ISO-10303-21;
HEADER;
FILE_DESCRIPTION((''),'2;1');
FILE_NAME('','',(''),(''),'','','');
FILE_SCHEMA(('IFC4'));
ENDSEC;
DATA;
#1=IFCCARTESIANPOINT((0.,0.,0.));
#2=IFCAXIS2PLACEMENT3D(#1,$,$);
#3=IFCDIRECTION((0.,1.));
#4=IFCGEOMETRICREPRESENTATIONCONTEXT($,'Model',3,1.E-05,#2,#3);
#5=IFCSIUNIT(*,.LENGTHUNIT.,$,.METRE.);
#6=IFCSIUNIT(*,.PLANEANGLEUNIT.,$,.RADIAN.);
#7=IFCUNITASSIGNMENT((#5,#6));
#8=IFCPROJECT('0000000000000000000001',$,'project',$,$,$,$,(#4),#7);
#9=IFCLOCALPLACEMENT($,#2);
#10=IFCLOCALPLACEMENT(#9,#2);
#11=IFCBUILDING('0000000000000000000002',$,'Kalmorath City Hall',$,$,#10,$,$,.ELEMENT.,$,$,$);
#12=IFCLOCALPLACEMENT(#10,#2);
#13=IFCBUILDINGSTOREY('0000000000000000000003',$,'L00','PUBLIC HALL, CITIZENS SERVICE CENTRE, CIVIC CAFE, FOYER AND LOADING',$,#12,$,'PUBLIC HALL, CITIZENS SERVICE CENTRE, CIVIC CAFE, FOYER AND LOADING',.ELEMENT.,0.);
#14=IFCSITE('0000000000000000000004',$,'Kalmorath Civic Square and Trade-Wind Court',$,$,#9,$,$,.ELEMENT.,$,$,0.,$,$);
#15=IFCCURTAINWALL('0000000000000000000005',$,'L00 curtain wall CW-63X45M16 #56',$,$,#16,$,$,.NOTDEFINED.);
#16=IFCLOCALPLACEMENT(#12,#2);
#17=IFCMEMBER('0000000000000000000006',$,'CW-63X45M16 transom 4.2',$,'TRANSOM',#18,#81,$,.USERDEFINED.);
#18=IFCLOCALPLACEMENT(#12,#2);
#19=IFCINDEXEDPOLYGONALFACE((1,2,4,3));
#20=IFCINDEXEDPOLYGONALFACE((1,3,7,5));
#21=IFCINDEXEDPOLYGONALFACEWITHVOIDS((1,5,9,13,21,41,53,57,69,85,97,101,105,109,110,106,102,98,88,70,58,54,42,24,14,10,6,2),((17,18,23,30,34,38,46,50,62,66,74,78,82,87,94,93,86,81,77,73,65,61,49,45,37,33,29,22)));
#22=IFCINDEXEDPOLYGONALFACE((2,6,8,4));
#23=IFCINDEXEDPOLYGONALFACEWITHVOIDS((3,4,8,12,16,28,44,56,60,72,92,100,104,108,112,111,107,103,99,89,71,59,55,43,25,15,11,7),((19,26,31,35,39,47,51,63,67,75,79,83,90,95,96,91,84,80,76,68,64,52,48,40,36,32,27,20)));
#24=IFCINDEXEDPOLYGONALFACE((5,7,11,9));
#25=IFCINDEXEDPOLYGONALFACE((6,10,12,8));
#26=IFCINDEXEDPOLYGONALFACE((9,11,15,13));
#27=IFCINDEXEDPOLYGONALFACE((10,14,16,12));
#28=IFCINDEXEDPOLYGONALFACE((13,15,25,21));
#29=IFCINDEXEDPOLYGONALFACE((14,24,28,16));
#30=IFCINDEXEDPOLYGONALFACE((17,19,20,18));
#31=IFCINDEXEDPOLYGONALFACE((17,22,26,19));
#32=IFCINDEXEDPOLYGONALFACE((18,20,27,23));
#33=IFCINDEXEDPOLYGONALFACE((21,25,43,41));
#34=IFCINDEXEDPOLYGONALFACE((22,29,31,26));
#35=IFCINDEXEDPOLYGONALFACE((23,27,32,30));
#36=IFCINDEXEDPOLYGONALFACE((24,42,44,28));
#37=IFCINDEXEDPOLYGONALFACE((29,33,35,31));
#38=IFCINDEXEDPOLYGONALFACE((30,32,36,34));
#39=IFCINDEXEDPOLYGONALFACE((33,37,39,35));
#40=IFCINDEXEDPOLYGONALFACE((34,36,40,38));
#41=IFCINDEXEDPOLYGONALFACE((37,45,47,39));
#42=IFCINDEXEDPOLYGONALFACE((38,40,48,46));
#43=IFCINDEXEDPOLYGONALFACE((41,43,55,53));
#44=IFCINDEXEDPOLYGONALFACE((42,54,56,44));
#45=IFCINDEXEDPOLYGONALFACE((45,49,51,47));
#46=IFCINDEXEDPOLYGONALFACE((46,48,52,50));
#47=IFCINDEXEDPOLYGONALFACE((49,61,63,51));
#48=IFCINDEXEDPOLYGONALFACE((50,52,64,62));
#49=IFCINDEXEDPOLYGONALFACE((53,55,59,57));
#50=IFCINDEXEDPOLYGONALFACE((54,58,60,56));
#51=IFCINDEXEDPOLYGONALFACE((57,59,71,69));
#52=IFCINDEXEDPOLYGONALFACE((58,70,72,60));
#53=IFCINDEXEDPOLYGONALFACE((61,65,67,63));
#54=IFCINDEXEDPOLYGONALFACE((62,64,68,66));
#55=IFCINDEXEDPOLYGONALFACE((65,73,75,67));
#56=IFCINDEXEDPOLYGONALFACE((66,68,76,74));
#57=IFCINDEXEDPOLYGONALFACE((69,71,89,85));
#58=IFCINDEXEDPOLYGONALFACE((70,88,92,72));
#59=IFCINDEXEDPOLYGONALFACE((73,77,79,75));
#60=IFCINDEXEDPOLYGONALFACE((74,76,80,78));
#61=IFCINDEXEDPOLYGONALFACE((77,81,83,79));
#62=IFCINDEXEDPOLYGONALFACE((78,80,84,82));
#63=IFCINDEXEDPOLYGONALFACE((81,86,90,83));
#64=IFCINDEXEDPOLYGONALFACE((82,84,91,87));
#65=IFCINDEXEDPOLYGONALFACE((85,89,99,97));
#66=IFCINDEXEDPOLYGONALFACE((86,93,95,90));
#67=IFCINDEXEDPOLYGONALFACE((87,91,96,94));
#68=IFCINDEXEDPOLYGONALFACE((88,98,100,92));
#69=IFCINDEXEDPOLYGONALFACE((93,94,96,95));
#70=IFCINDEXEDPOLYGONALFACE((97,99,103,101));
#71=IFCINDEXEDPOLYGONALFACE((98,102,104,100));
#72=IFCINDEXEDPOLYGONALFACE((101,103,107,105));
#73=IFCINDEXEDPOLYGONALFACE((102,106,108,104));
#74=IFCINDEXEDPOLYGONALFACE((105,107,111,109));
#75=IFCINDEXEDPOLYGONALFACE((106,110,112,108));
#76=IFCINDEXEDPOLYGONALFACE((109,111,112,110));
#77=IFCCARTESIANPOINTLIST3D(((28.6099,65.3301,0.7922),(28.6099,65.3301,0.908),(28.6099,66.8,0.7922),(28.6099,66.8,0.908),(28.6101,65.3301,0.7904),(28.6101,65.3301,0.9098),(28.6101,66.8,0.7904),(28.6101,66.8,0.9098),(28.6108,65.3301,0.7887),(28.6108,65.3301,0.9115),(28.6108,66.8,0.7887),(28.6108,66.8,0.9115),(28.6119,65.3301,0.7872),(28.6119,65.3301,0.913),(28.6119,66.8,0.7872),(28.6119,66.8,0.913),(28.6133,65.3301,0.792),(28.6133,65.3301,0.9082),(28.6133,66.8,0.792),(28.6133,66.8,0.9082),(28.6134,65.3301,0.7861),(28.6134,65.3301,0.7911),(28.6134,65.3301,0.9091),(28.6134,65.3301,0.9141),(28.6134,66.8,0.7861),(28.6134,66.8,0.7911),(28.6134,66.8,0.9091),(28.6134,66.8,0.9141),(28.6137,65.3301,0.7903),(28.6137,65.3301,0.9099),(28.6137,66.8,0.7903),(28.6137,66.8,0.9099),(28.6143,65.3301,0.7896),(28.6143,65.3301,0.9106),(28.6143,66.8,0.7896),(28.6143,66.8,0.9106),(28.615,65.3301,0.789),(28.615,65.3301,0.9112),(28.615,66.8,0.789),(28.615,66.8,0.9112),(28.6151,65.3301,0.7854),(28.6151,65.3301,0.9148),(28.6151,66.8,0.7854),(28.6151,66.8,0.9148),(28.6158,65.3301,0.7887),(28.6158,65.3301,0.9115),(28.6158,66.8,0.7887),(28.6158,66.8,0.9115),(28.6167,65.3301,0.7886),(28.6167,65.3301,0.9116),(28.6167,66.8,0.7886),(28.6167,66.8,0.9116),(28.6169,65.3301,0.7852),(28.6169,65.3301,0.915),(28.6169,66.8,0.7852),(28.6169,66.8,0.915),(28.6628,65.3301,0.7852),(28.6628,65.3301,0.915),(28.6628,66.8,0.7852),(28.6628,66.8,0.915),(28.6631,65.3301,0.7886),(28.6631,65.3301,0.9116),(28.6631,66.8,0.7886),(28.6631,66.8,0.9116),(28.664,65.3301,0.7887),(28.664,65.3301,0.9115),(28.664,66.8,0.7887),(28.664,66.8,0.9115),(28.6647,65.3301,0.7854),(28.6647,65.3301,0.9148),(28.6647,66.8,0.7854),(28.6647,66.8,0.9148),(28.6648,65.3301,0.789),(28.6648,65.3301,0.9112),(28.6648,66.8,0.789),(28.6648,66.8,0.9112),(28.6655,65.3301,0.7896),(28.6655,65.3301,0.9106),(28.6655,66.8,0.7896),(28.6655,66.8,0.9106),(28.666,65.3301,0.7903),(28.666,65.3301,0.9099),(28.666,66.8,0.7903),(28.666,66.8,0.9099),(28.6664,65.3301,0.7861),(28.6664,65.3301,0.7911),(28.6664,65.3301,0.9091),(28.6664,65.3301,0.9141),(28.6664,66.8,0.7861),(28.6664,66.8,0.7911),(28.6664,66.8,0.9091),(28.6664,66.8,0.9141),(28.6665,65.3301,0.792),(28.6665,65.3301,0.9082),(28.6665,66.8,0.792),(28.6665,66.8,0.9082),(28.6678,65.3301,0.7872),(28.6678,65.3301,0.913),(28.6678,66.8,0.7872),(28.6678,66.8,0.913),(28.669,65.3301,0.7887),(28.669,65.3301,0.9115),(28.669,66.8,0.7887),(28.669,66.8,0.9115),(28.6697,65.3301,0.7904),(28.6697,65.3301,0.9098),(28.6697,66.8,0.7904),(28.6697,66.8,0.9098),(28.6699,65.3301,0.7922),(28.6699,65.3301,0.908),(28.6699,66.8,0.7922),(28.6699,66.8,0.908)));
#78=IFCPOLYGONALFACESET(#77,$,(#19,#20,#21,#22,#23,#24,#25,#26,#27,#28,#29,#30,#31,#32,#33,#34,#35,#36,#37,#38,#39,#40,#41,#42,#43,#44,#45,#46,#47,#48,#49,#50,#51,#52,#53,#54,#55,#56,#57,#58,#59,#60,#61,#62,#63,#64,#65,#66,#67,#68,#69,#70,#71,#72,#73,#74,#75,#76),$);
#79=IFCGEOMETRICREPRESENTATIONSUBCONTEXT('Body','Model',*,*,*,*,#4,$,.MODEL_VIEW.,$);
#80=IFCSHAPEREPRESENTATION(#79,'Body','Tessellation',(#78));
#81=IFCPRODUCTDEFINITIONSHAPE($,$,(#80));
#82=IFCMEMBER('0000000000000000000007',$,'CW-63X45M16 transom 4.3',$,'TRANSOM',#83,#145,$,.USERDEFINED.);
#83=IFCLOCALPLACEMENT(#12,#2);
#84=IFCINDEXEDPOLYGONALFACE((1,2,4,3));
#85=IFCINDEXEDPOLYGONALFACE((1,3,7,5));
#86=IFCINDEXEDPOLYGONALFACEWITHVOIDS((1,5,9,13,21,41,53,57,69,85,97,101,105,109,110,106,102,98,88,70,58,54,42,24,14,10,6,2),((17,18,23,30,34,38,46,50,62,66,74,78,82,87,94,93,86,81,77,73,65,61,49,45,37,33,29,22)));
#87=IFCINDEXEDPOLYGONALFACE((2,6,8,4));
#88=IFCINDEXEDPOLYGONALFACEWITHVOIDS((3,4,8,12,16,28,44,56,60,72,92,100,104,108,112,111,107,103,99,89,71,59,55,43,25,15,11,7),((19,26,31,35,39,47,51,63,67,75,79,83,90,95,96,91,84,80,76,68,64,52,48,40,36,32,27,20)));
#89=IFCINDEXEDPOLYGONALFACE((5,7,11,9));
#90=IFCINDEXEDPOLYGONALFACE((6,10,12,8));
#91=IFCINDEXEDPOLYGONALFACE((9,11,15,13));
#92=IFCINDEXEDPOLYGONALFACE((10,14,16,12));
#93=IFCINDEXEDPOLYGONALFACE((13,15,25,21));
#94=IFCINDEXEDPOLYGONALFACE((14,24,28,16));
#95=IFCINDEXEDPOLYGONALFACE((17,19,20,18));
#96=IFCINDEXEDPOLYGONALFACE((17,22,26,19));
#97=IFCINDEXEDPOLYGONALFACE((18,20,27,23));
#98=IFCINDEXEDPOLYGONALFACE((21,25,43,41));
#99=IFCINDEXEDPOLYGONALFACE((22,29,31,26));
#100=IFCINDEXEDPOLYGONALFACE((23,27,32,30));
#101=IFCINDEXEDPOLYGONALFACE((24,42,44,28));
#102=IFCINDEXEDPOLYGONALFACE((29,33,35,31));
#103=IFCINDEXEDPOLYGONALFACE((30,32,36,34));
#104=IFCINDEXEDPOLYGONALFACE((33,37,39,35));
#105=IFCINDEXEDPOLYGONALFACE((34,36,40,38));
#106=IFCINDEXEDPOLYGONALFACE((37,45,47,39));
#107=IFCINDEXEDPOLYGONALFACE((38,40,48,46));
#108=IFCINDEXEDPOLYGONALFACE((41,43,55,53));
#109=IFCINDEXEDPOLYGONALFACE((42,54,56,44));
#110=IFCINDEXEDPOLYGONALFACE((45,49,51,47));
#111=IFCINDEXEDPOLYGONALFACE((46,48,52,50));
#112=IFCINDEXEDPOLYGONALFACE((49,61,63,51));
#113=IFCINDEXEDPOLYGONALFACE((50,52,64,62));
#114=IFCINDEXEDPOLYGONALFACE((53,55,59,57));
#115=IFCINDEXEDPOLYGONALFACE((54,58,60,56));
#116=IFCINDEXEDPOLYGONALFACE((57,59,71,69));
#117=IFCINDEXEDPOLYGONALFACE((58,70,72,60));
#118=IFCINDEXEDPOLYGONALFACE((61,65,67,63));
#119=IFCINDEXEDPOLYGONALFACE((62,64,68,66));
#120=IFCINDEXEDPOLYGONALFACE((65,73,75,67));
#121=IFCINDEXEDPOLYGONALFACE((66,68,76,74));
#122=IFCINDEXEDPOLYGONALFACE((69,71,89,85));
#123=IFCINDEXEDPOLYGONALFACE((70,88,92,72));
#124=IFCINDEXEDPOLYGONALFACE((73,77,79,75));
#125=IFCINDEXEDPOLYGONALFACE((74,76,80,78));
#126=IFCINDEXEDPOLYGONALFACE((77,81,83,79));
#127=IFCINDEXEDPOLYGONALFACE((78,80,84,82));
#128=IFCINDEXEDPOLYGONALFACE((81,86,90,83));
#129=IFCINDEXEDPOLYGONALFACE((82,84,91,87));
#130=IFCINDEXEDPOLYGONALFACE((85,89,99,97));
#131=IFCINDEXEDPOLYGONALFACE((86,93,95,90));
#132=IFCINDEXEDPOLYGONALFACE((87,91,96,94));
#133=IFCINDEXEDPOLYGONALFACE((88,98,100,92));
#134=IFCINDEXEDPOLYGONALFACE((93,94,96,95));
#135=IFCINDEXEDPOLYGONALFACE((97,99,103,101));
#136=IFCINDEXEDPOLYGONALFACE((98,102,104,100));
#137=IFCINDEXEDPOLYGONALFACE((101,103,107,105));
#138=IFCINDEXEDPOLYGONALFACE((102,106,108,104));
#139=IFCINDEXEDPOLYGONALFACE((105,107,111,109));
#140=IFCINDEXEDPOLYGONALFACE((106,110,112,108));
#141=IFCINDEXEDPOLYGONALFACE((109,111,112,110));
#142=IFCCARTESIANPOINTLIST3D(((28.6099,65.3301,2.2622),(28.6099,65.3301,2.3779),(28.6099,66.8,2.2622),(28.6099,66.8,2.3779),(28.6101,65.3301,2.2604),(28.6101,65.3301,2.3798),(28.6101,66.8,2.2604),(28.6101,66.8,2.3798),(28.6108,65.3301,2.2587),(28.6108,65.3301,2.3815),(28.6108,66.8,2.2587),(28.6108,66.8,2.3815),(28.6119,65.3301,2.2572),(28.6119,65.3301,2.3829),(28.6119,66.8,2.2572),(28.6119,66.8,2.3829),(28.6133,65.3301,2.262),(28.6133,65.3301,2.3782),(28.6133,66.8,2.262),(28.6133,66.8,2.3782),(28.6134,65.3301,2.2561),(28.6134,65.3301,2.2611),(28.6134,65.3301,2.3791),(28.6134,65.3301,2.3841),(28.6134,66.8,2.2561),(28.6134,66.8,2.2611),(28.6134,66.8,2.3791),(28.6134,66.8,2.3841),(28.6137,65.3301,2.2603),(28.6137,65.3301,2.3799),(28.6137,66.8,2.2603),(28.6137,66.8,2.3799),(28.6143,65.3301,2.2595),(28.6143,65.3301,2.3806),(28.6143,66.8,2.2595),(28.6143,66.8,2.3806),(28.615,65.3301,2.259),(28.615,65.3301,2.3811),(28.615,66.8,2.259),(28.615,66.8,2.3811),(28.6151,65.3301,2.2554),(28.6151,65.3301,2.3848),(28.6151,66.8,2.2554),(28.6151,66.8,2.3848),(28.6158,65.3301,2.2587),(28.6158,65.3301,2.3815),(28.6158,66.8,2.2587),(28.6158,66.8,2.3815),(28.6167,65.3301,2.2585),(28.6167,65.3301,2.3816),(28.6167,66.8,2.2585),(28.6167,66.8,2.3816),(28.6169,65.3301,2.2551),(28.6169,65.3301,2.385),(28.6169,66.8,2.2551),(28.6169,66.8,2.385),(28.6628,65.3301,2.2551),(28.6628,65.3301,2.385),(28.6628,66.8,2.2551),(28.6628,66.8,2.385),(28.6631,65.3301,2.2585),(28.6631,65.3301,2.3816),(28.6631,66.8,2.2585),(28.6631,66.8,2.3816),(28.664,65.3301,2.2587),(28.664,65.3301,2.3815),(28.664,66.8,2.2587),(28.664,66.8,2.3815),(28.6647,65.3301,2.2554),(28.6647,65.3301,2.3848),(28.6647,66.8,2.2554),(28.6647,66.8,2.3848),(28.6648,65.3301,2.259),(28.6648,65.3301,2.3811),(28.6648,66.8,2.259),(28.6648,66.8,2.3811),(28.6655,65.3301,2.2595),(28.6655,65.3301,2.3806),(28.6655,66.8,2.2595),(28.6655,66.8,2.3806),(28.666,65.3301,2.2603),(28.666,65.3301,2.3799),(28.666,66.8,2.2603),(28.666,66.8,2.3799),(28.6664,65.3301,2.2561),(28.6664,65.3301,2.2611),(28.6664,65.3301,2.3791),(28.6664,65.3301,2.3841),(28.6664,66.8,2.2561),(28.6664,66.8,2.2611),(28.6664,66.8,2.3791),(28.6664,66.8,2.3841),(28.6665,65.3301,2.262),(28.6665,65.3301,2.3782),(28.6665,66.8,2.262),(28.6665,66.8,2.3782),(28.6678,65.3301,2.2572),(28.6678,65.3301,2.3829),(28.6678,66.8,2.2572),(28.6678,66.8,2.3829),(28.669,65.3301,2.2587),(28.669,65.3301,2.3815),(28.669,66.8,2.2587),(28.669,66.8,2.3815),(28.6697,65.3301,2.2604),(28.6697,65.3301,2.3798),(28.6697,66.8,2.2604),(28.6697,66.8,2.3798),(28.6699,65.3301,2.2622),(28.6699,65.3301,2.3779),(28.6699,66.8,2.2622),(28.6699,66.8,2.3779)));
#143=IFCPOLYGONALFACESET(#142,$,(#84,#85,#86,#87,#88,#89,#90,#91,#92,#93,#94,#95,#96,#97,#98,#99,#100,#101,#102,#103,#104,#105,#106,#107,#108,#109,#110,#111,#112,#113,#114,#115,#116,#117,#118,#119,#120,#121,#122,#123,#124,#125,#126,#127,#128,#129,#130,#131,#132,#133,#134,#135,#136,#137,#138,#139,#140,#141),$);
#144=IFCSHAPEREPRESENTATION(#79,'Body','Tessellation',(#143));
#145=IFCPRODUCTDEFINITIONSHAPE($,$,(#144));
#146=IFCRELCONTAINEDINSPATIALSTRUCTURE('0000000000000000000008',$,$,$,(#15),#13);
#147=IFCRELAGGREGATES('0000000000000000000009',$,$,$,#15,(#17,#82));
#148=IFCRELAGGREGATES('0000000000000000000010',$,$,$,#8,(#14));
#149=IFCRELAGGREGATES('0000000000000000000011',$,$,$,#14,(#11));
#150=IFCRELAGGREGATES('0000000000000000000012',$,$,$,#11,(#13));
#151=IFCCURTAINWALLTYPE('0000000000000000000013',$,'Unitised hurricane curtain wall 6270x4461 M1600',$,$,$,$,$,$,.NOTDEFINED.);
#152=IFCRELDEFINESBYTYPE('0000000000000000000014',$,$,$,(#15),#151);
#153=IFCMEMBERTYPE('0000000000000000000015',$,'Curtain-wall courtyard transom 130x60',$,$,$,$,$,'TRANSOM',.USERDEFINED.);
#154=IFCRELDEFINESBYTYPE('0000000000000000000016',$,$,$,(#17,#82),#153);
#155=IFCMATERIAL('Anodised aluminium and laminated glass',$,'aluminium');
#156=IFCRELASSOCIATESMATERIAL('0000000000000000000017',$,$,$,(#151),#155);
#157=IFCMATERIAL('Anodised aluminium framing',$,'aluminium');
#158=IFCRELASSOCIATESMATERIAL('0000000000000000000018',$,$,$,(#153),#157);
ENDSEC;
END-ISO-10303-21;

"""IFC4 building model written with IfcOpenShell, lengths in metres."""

from ifc_helpers import new_model, si_unit, direction, frame, origin, origin_2d, place, context, subcontext, project, spatial, hollow_rectangle, extrude, material, material_profile, profile_set, type_object, element, aggregate, save


model = new_model("IFC4")

# Units and contexts
model_context = context("Model", 3, precision=1e-05, world=origin(), true_north=direction((0.0, 1.0)))
body_context = subcontext(model_context, "Body", "Model", "MODEL_VIEW")
ifc_project = project(units=[si_unit("LENGTHUNIT", "METRE"), si_unit("PLANEANGLEUNIT", "RADIAN")], contexts=[model_context])

# Site, building, storey
site_placement = place(None, origin())
site = spatial("IfcSite", under=ifc_project, at=site_placement, Name="Kalmorath Civic Square and Trade-Wind Court", CompositionType="ELEMENT", RefElevation=0.0)
building_placement = place(site_placement, origin())
building = spatial("IfcBuilding", under=site, at=building_placement, Name="Kalmorath City Hall", CompositionType="ELEMENT")
storey_placement = place(building_placement, origin())
storey = spatial("IfcBuildingStorey", under=building, at=storey_placement, Name="L00", Description="PUBLIC HALL, CITIZENS SERVICE CENTRE, CIVIC CAFE, FOYER AND LOADING", LongName="PUBLIC HALL, CITIZENS SERVICE CENTRE, CIVIC CAFE, FOYER AND LOADING", CompositionType="ELEMENT", Elevation=0.0)

# Curtain wall, members
ifc_material_1 = material(Name="Anodised aluminium and laminated glass", Category="aluminium")
curtain_wall_type = type_object("IfcCurtainWallType", Name="Unitised hurricane curtain wall 6270x4461 M1600", PredefinedType="NOTDEFINED", material=ifc_material_1)
curtain_wall_placement = place(storey_placement, origin())
curtain_wall = element("IfcCurtainWall", 1, at=curtain_wall_placement, inside=storey, type_object=curtain_wall_type, Name="L00 curtain wall CW-63X45M16 #56", PredefinedType="NOTDEFINED")
ifc_material_2 = material(Name="Anodised aluminium framing", Category="aluminium")
ifc_material_profile_1 = material_profile(ifc_material_2, hollow_rectangle(XDim=0.0601, YDim=0.1299, WallThickness=0.0034, InnerFilletRadius=0.0034, OuterFilletRadius=0.0071, at=origin_2d()), Name="ALU-TRN-130X60X3.5")
ifc_profile_set_1 = profile_set([ifc_material_profile_1], Name="Anodised aluminium framing")
member_type_1 = type_object("IfcMemberType", Name="Curtain-wall courtyard transom 130x60", ElementType="TRANSOM", PredefinedType="USERDEFINED", material=ifc_profile_set_1)
member_1_placement = place(storey_placement, frame((28.6399, 66.8, 0.8501), z_axis=(0.0, -1.0, 0.0), x_axis=(1.0, 0.0, 0.0)))
member_1 = element("IfcMember", 2, at=member_1_placement, type_object=member_type_1, Name="CW-63X45M16 transom 4.2", ObjectType="TRANSOM", PredefinedType="USERDEFINED", context=body_context, shape_type="SweptSolid", body=[
    extrude(hollow_rectangle(XDim=0.0601, YDim=0.1299, WallThickness=0.0034, InnerFilletRadius=0.0034, OuterFilletRadius=0.0071, at=origin_2d()), origin(), (0.0, 0.0, 1.0), 1.47),
])
member_2_placement = place(storey_placement, frame((28.6399, 66.8, 2.3201), z_axis=(0.0, -1.0, 0.0), x_axis=(1.0, 0.0, 0.0)))
member_2 = element("IfcMember", 3, at=member_2_placement, type_object=member_type_1, Name="CW-63X45M16 transom 4.3", ObjectType="TRANSOM", PredefinedType="USERDEFINED", context=body_context, shape_type="SweptSolid", body=[
    extrude(hollow_rectangle(XDim=0.0601, YDim=0.1299, WallThickness=0.0034, InnerFilletRadius=0.0034, OuterFilletRadius=0.0071, at=origin_2d()), origin(), (0.0, 0.0, 1.0), 1.47),
])

aggregate(curtain_wall, [member_1, member_2])

save(model, "model.ifc")
